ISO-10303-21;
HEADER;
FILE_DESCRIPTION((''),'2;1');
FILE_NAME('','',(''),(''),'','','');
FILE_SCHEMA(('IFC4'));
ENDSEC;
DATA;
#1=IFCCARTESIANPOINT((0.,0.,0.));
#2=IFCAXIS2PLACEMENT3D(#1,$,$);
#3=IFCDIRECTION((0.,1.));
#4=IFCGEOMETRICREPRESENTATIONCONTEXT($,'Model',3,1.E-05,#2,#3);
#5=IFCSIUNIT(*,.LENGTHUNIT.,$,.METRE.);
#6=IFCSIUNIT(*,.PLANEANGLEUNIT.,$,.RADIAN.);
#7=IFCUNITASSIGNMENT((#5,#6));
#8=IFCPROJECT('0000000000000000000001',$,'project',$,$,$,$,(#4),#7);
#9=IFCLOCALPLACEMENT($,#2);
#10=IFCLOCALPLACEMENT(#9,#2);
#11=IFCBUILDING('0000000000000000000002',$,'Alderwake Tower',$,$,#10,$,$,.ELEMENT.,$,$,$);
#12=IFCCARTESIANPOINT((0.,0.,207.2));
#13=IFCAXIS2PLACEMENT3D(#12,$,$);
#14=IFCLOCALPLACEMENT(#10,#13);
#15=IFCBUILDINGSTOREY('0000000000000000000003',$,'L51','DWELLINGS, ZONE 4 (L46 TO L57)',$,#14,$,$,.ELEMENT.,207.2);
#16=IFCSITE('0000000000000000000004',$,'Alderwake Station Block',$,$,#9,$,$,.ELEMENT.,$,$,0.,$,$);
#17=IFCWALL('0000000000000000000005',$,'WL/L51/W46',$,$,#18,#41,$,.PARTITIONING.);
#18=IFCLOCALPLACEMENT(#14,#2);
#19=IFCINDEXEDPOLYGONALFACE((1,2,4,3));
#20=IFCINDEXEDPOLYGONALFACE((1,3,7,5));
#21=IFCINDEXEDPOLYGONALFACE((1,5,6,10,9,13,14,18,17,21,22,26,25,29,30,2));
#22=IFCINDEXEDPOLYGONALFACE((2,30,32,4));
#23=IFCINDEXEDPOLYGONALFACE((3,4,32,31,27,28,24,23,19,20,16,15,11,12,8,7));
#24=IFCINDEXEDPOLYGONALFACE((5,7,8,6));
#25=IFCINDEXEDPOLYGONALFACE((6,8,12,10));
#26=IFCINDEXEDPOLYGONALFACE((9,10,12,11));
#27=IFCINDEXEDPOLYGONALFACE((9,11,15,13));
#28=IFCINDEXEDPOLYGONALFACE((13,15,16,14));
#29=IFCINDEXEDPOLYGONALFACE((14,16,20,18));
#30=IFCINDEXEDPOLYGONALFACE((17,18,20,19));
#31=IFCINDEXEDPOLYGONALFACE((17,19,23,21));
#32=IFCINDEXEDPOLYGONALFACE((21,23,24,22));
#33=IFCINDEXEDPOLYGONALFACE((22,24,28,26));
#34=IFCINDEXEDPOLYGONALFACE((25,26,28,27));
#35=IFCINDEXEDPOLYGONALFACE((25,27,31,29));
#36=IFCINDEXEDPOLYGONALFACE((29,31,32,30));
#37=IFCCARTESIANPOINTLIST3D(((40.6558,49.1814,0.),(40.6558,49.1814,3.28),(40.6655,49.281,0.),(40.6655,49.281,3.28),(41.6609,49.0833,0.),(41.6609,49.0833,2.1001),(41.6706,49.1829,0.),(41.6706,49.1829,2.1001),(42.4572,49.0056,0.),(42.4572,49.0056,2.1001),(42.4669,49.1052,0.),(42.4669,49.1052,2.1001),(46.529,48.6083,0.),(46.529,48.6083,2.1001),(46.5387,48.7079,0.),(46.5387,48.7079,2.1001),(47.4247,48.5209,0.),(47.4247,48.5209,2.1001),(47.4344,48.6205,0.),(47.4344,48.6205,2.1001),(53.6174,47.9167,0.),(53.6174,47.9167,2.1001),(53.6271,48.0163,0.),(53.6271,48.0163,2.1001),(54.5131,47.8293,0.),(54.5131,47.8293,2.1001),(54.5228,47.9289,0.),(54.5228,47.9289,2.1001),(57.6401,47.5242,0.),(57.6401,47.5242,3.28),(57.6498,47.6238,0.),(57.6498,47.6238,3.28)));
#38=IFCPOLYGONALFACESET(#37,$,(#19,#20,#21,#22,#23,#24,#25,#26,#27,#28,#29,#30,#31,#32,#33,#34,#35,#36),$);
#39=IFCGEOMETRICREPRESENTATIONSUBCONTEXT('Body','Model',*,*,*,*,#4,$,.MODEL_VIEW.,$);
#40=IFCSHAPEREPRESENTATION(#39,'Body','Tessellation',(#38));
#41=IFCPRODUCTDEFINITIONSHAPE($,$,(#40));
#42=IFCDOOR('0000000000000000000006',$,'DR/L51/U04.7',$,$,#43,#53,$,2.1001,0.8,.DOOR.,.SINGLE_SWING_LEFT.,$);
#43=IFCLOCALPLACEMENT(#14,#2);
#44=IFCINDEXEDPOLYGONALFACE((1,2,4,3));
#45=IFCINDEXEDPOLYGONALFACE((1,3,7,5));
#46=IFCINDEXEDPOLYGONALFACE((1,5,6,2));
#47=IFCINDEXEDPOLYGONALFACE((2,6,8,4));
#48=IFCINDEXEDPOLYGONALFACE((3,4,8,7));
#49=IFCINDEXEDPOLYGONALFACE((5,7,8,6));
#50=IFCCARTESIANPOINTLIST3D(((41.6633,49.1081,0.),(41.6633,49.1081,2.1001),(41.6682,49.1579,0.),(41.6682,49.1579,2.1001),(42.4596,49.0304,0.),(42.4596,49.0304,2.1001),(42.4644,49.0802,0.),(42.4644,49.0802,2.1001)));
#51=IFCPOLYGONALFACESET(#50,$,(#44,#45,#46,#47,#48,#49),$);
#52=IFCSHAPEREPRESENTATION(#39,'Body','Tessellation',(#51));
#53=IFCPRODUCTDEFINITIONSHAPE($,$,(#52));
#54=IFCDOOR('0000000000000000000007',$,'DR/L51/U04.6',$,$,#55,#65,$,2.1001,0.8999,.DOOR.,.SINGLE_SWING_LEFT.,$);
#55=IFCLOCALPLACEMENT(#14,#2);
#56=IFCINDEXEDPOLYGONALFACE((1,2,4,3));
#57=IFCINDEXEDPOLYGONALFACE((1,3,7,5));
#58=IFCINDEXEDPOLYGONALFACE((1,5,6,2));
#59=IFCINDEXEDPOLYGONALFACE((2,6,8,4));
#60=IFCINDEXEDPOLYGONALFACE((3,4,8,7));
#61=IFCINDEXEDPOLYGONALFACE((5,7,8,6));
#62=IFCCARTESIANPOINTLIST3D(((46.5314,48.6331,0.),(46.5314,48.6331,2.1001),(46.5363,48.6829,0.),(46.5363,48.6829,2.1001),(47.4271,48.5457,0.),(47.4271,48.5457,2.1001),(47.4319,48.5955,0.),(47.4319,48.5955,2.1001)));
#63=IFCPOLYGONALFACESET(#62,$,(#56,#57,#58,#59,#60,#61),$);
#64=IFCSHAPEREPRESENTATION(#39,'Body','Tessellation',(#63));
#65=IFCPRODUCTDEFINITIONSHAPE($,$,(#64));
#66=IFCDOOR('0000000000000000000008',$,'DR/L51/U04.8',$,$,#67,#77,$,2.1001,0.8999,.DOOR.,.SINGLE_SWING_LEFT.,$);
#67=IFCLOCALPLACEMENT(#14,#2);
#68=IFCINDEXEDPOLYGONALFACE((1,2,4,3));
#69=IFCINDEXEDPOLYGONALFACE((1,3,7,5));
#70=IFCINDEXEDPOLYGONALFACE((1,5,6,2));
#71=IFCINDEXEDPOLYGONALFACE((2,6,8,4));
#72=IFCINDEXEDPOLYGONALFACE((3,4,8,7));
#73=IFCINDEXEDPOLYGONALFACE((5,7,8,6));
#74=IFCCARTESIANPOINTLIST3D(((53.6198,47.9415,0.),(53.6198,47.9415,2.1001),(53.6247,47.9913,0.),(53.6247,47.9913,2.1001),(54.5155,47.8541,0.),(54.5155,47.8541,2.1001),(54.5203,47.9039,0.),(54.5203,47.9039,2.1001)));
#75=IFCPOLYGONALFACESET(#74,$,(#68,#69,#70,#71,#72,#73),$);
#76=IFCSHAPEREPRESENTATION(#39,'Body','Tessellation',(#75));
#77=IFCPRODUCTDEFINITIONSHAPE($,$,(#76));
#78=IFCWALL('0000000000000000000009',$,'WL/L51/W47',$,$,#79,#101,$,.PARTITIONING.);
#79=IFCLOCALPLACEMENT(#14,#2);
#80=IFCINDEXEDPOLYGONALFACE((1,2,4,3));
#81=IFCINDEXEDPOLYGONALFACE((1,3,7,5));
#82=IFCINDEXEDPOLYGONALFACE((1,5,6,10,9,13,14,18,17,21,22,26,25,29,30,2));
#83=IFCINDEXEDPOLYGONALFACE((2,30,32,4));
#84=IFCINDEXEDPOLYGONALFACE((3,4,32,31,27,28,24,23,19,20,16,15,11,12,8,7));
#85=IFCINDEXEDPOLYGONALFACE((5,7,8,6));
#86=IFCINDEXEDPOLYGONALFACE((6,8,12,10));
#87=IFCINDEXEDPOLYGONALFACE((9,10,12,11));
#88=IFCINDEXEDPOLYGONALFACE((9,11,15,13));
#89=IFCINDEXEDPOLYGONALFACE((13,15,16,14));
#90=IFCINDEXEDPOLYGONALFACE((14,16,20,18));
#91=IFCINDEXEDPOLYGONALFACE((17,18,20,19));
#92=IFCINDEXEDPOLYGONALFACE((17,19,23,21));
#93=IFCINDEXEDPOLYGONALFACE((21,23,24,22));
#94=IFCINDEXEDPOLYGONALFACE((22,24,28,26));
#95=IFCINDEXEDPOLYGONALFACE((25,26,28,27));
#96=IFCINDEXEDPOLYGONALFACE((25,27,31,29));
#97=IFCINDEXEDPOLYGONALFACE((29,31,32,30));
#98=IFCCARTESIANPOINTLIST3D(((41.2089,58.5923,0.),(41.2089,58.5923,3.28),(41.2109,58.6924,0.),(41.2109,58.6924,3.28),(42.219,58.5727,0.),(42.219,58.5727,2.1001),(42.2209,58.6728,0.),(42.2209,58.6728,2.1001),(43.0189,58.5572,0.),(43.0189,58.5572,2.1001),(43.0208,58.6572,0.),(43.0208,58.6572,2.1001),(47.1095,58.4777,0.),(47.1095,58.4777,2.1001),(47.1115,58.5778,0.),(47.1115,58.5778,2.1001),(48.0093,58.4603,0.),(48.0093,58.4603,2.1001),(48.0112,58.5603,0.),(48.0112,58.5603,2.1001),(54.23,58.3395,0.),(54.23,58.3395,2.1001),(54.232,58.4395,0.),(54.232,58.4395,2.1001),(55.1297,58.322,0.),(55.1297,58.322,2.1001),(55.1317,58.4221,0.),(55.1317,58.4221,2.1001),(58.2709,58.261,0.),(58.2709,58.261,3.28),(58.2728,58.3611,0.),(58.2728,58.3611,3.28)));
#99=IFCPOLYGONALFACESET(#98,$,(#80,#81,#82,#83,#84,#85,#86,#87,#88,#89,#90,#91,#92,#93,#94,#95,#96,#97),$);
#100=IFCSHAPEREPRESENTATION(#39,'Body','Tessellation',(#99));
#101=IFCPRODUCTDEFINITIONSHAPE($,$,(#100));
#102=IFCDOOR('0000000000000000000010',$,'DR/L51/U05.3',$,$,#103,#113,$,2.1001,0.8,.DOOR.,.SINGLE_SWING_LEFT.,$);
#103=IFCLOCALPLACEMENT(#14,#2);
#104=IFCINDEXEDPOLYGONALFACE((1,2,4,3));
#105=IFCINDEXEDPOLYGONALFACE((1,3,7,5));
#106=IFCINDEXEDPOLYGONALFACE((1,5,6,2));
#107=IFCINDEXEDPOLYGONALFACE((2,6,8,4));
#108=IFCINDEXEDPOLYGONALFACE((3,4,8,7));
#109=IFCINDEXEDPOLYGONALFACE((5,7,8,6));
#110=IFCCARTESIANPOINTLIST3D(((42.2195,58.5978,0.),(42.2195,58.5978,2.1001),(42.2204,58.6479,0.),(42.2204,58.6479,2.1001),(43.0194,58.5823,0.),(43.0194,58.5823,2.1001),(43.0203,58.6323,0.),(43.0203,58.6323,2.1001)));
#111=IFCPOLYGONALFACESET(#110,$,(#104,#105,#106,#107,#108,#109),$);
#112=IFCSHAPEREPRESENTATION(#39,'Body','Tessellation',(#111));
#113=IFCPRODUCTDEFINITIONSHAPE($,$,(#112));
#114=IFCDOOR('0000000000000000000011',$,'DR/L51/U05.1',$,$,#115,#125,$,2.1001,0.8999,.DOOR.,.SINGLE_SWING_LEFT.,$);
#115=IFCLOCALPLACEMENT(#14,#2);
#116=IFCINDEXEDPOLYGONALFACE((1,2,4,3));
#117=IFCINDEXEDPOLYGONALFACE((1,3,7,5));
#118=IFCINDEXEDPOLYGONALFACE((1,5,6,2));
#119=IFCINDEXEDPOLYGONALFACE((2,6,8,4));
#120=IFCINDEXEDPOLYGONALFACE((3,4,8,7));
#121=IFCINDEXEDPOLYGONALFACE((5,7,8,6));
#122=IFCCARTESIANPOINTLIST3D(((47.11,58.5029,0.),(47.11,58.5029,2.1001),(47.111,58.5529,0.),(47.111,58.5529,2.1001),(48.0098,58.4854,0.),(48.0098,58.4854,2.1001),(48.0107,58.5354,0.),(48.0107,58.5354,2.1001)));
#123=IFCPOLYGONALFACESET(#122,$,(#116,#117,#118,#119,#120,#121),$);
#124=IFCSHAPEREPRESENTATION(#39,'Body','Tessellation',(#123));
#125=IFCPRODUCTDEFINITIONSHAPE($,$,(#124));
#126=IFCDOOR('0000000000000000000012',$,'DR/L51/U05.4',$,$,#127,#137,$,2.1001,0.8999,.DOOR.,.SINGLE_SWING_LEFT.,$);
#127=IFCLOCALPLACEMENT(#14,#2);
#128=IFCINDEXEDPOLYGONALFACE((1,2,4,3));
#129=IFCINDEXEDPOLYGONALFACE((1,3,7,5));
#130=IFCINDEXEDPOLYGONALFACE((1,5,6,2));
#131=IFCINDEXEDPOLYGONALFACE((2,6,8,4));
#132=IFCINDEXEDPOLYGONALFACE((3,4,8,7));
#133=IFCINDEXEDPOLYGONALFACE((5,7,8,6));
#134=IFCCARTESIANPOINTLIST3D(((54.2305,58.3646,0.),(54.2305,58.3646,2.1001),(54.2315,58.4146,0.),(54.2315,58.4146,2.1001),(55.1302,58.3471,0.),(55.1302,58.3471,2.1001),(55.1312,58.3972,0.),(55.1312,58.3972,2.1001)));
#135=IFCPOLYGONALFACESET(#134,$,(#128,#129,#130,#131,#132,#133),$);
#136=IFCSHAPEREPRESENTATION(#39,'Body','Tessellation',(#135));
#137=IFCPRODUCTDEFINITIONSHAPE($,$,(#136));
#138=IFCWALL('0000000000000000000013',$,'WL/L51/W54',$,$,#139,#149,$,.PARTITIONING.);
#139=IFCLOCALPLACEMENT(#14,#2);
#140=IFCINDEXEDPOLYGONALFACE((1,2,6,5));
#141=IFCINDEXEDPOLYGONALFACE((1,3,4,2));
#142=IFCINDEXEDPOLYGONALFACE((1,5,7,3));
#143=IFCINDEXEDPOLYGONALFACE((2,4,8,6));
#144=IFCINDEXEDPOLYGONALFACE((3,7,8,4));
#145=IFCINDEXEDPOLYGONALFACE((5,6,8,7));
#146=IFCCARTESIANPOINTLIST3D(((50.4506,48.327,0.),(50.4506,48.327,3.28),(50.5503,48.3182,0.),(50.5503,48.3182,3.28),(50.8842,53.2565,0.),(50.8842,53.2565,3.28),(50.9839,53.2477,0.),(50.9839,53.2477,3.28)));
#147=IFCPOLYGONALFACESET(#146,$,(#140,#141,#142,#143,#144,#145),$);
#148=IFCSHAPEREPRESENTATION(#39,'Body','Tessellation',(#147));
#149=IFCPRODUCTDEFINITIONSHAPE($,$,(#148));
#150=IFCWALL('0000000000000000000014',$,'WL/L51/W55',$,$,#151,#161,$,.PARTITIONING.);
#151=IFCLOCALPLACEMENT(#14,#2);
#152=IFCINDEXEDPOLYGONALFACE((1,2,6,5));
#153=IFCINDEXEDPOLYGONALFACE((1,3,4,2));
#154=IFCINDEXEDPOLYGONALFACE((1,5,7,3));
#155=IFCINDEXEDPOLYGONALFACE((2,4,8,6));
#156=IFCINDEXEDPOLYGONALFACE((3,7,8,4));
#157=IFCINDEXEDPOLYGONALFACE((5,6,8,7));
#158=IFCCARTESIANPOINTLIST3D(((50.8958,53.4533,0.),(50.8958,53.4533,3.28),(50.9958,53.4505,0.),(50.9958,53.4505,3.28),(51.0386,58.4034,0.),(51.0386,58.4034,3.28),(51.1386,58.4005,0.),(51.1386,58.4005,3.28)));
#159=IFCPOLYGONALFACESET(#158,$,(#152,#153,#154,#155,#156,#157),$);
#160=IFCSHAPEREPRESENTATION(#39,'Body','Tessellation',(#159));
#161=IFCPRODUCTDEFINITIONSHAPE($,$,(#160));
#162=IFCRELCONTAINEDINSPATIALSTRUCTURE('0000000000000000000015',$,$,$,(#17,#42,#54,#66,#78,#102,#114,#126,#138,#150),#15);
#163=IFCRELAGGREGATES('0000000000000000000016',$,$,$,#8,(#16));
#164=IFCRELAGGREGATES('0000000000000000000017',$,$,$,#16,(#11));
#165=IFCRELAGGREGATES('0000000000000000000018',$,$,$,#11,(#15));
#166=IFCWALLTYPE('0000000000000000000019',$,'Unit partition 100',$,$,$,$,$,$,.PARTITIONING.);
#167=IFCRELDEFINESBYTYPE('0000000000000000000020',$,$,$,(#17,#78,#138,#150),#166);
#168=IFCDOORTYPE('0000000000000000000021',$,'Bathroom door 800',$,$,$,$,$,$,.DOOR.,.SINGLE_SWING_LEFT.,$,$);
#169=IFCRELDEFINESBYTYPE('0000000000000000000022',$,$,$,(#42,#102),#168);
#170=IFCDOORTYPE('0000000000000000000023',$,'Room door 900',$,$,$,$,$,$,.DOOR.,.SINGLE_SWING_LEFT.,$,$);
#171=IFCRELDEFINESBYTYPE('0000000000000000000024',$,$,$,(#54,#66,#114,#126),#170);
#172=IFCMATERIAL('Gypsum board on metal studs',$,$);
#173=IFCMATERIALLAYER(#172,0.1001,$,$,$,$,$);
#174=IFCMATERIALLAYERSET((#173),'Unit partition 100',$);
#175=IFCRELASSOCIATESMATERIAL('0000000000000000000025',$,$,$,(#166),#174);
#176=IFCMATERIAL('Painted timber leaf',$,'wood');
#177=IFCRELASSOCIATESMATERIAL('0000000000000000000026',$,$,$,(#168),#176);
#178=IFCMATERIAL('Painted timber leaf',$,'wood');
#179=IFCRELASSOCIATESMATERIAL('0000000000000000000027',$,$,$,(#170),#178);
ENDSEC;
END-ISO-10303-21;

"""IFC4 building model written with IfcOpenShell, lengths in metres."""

from ifc_helpers import new_model, si_unit, direction, frame, frame_2d, origin, place, context, subcontext, project, spatial, rectangle, extrude, material, layer, layer_set, type_object, element, fill, save


model = new_model("IFC4")

# Units and contexts
model_context = context("Model", 3, precision=1e-05, world=origin(), true_north=direction((0.0, 1.0)))
body_context = subcontext(model_context, "Body", "Model", "MODEL_VIEW")
ifc_project = project(units=[si_unit("LENGTHUNIT", "METRE"), si_unit("PLANEANGLEUNIT", "RADIAN")], contexts=[model_context])

# Site, building, storey
site_placement = place(None, origin())
site = spatial("IfcSite", under=ifc_project, at=site_placement, Name="Alderwake Station Block", CompositionType="ELEMENT", RefElevation=0.0)
building_placement = place(site_placement, origin())
building = spatial("IfcBuilding", under=site, at=building_placement, Name="Alderwake Tower", CompositionType="ELEMENT")
storey_placement = place(building_placement, frame((0.0, 0.0, 207.2)))
storey = spatial("IfcBuildingStorey", under=building, at=storey_placement, Name="L51", Description="DWELLINGS, ZONE 4 (L46 TO L57)", CompositionType="ELEMENT", Elevation=207.2)

# Shared definitions
ifc_material_1 = material(Name="Gypsum board on metal studs")
ifc_layer_1 = layer(ifc_material_1, 0.1001)
ifc_layer_set_1 = layer_set([ifc_layer_1], Name="Unit partition 100")
wall_type_1 = type_object("IfcWallType", Name="Unit partition 100", PredefinedType="PARTITIONING", material=ifc_layer_set_1)

# Walls, openings, doors
wall_1_placement = place(storey_placement, frame((40.6606, 49.2312, 0.0), z_axis=(0.0, 0.0, 1.0), x_axis=(0.995273, -0.097112, 0.0)))
wall_1 = element("IfcWall", 1, at=wall_1_placement, inside=storey, type_object=wall_type_1, Name="WL/L51/W46", PredefinedType="PARTITIONING", context=body_context, shape_type="SweptSolid", body=[
    extrude(rectangle(XDim=17.0649, YDim=0.1001, at=frame_2d((8.5325, 0.0))), origin(), (0.0, 0.0, 1.0), 3.28),
])
opening_1_placement = place(wall_1_placement, frame((5.9011, 0.0, 0.0)))
opening_1 = element("IfcOpeningElement", 2, at=opening_1_placement, cuts=wall_1, PredefinedType="OPENING", context=body_context, shape_type="SweptSolid", body=[
    extrude(rectangle(XDim=0.8999, YDim=2.1001, at=frame_2d((0.45, 1.05))), frame((0.0, 0.0601, 0.0), z_axis=(0.0, -1.0, 0.0), x_axis=(1.0, 0.0, 0.0)), (0.0, 0.0, 1.0), 0.1201),
])
opening_2_placement = place(wall_1_placement, frame((1.01, 0.0, 0.0)))
opening_2 = element("IfcOpeningElement", 3, at=opening_2_placement, cuts=wall_1, PredefinedType="OPENING", context=body_context, shape_type="SweptSolid", body=[
    extrude(rectangle(XDim=0.8, YDim=2.1001, at=frame_2d((0.3999, 1.05))), frame((0.0, 0.0601, 0.0), z_axis=(0.0, -1.0, 0.0), x_axis=(1.0, 0.0, 0.0)), (0.0, 0.0, 1.0), 0.1201),
])
opening_3_placement = place(wall_1_placement, frame((13.0232, 0.0, 0.0)))
opening_3 = element("IfcOpeningElement", 4, at=opening_3_placement, cuts=wall_1, PredefinedType="OPENING", context=body_context, shape_type="SweptSolid", body=[
    extrude(rectangle(XDim=0.8999, YDim=2.1001, at=frame_2d((0.45, 1.05))), frame((0.0, 0.0601, 0.0), z_axis=(0.0, -1.0, 0.0), x_axis=(1.0, 0.0, 0.0)), (0.0, 0.0, 1.0), 0.1201),
])
ifc_material_2 = material(Name="Painted timber leaf", Category="wood")
door_type_1 = type_object("IfcDoorType", Name="Bathroom door 800", OperationType="SINGLE_SWING_LEFT", PredefinedType="DOOR", material=ifc_material_2)
door_1_placement = place(opening_2_placement, origin())
door_1 = element("IfcDoor", 5, at=door_1_placement, inside=storey, type_object=door_type_1, Name="DR/L51/U04.7", OperationType="SINGLE_SWING_LEFT", OverallHeight=2.1001, OverallWidth=0.8, PredefinedType="DOOR", context=body_context, shape_type="SweptSolid", body=[
    extrude(rectangle(XDim=0.8, YDim=2.1001, at=frame_2d((0.3999, 1.05))), frame((0.0, 0.0249, 0.0), z_axis=(0.0, -1.0, 0.0), x_axis=(1.0, 0.0, 0.0)), (0.0, 0.0, 1.0), 0.05),
])
fill(opening_2, door_1)
ifc_material_3 = material(Name="Painted timber leaf", Category="wood")
door_type_2 = type_object("IfcDoorType", Name="Room door 900", OperationType="SINGLE_SWING_LEFT", PredefinedType="DOOR", material=ifc_material_3)
door_2_placement = place(opening_1_placement, origin())
door_2 = element("IfcDoor", 6, at=door_2_placement, inside=storey, type_object=door_type_2, Name="DR/L51/U04.6", OperationType="SINGLE_SWING_LEFT", OverallHeight=2.1001, OverallWidth=0.8999, PredefinedType="DOOR", context=body_context, shape_type="SweptSolid", body=[
    extrude(rectangle(XDim=0.8999, YDim=2.1001, at=frame_2d((0.45, 1.05))), frame((0.0, 0.0249, 0.0), z_axis=(0.0, -1.0, 0.0), x_axis=(1.0, 0.0, 0.0)), (0.0, 0.0, 1.0), 0.05),
])
fill(opening_1, door_2)
door_3_placement = place(opening_3_placement, origin())
door_3 = element("IfcDoor", 7, at=door_3_placement, inside=storey, type_object=door_type_2, Name="DR/L51/U04.8", OperationType="SINGLE_SWING_LEFT", OverallHeight=2.1001, OverallWidth=0.8999, PredefinedType="DOOR", context=body_context, shape_type="SweptSolid", body=[
    extrude(rectangle(XDim=0.8999, YDim=2.1001, at=frame_2d((0.45, 1.05))), frame((0.0, 0.0249, 0.0), z_axis=(0.0, -1.0, 0.0), x_axis=(1.0, 0.0, 0.0)), (0.0, 0.0, 1.0), 0.05),
])
fill(opening_3, door_3)
wall_2_placement = place(storey_placement, frame((58.272, 58.311, 0.0), z_axis=(0.0, 0.0, 1.0), x_axis=(-0.999812, 0.019414, 0.0)))
wall_2 = element("IfcWall", 8, at=wall_2_placement, inside=storey, type_object=wall_type_1, Name="WL/L51/W47", PredefinedType="PARTITIONING", context=body_context, shape_type="SweptSolid", body=[
    extrude(rectangle(XDim=17.0652, YDim=0.1001, at=frame_2d((8.5327, 0.0))), origin(), (0.0, 0.0, 1.0), 3.28),
])
opening_4_placement = place(wall_2_placement, frame((10.2637, 0.0, 0.0)))
opening_4 = element("IfcOpeningElement", 9, at=opening_4_placement, cuts=wall_2, PredefinedType="OPENING", context=body_context, shape_type="SweptSolid", body=[
    extrude(rectangle(XDim=0.8999, YDim=2.1001, at=frame_2d((0.45, 1.05))), frame((0.0, 0.0601, 0.0), z_axis=(0.0, -1.0, 0.0), x_axis=(1.0, 0.0, 0.0)), (0.0, 0.0, 1.0), 0.1201),
])
opening_5_placement = place(wall_2_placement, frame((15.2551, 0.0, 0.0)))
opening_5 = element("IfcOpeningElement", 10, at=opening_5_placement, cuts=wall_2, PredefinedType="OPENING", context=body_context, shape_type="SweptSolid", body=[
    extrude(rectangle(XDim=0.8, YDim=2.1001, at=frame_2d((0.3999, 1.05))), frame((0.0, 0.0601, 0.0), z_axis=(0.0, -1.0, 0.0), x_axis=(1.0, 0.0, 0.0)), (0.0, 0.0, 1.0), 0.1201),
])
opening_6_placement = place(wall_2_placement, frame((3.1418, 0.0, 0.0)))
opening_6 = element("IfcOpeningElement", 11, at=opening_6_placement, cuts=wall_2, PredefinedType="OPENING", context=body_context, shape_type="SweptSolid", body=[
    extrude(rectangle(XDim=0.8999, YDim=2.1001, at=frame_2d((0.45, 1.05))), frame((0.0, 0.0601, 0.0), z_axis=(0.0, -1.0, 0.0), x_axis=(1.0, 0.0, 0.0)), (0.0, 0.0, 1.0), 0.1201),
])
door_4_placement = place(opening_5_placement, origin())
door_4 = element("IfcDoor", 12, at=door_4_placement, inside=storey, type_object=door_type_1, Name="DR/L51/U05.3", OperationType="SINGLE_SWING_LEFT", OverallHeight=2.1001, OverallWidth=0.8, PredefinedType="DOOR", context=body_context, shape_type="SweptSolid", body=[
    extrude(rectangle(XDim=0.8, YDim=2.1001, at=frame_2d((0.3999, 1.05))), frame((0.0, 0.0249, 0.0), z_axis=(0.0, -1.0, 0.0), x_axis=(1.0, 0.0, 0.0)), (0.0, 0.0, 1.0), 0.05),
])
fill(opening_5, door_4)
door_5_placement = place(opening_4_placement, origin())
door_5 = element("IfcDoor", 13, at=door_5_placement, inside=storey, type_object=door_type_2, Name="DR/L51/U05.1", OperationType="SINGLE_SWING_LEFT", OverallHeight=2.1001, OverallWidth=0.8999, PredefinedType="DOOR", context=body_context, shape_type="SweptSolid", body=[
    extrude(rectangle(XDim=0.8999, YDim=2.1001, at=frame_2d((0.45, 1.05))), frame((0.0, 0.0249, 0.0), z_axis=(0.0, -1.0, 0.0), x_axis=(1.0, 0.0, 0.0)), (0.0, 0.0, 1.0), 0.05),
])
fill(opening_4, door_5)
door_6_placement = place(opening_6_placement, origin())
door_6 = element("IfcDoor", 14, at=door_6_placement, inside=storey, type_object=door_type_2, Name="DR/L51/U05.4", OperationType="SINGLE_SWING_LEFT", OverallHeight=2.1001, OverallWidth=0.8999, PredefinedType="DOOR", context=body_context, shape_type="SweptSolid", body=[
    extrude(rectangle(XDim=0.8999, YDim=2.1001, at=frame_2d((0.45, 1.05))), frame((0.0, 0.0249, 0.0), z_axis=(0.0, -1.0, 0.0), x_axis=(1.0, 0.0, 0.0)), (0.0, 0.0, 1.0), 0.05),
])
fill(opening_6, door_6)

# Walls
wall_3_placement = place(storey_placement, frame((50.5005, 48.3228, 0.0), z_axis=(0.0, 0.0, 1.0), x_axis=(0.087622, 0.996154, 0.0)))
element("IfcWall", 15, at=wall_3_placement, inside=storey, type_object=wall_type_1, Name="WL/L51/W54", PredefinedType="PARTITIONING", context=body_context, shape_type="SweptSolid", body=[
    extrude(rectangle(XDim=4.9485, YDim=0.1001, at=frame_2d((2.4741, 0.0))), origin(), (0.0, 0.0, 1.0), 3.28),
])
wall_4_placement = place(storey_placement, frame((50.9458, 53.4519, 0.0), z_axis=(0.0, 0.0, 1.0), x_axis=(0.02884, 0.999584, 0.0)))
element("IfcWall", 16, at=wall_4_placement, inside=storey, type_object=wall_type_1, Name="WL/L51/W55", PredefinedType="PARTITIONING", context=body_context, shape_type="SweptSolid", body=[
    extrude(rectangle(XDim=4.9521, YDim=0.1001, at=frame_2d((2.4761, 0.0))), origin(), (0.0, 0.0, 1.0), 3.28),
])

save(model, "model.ifc")
